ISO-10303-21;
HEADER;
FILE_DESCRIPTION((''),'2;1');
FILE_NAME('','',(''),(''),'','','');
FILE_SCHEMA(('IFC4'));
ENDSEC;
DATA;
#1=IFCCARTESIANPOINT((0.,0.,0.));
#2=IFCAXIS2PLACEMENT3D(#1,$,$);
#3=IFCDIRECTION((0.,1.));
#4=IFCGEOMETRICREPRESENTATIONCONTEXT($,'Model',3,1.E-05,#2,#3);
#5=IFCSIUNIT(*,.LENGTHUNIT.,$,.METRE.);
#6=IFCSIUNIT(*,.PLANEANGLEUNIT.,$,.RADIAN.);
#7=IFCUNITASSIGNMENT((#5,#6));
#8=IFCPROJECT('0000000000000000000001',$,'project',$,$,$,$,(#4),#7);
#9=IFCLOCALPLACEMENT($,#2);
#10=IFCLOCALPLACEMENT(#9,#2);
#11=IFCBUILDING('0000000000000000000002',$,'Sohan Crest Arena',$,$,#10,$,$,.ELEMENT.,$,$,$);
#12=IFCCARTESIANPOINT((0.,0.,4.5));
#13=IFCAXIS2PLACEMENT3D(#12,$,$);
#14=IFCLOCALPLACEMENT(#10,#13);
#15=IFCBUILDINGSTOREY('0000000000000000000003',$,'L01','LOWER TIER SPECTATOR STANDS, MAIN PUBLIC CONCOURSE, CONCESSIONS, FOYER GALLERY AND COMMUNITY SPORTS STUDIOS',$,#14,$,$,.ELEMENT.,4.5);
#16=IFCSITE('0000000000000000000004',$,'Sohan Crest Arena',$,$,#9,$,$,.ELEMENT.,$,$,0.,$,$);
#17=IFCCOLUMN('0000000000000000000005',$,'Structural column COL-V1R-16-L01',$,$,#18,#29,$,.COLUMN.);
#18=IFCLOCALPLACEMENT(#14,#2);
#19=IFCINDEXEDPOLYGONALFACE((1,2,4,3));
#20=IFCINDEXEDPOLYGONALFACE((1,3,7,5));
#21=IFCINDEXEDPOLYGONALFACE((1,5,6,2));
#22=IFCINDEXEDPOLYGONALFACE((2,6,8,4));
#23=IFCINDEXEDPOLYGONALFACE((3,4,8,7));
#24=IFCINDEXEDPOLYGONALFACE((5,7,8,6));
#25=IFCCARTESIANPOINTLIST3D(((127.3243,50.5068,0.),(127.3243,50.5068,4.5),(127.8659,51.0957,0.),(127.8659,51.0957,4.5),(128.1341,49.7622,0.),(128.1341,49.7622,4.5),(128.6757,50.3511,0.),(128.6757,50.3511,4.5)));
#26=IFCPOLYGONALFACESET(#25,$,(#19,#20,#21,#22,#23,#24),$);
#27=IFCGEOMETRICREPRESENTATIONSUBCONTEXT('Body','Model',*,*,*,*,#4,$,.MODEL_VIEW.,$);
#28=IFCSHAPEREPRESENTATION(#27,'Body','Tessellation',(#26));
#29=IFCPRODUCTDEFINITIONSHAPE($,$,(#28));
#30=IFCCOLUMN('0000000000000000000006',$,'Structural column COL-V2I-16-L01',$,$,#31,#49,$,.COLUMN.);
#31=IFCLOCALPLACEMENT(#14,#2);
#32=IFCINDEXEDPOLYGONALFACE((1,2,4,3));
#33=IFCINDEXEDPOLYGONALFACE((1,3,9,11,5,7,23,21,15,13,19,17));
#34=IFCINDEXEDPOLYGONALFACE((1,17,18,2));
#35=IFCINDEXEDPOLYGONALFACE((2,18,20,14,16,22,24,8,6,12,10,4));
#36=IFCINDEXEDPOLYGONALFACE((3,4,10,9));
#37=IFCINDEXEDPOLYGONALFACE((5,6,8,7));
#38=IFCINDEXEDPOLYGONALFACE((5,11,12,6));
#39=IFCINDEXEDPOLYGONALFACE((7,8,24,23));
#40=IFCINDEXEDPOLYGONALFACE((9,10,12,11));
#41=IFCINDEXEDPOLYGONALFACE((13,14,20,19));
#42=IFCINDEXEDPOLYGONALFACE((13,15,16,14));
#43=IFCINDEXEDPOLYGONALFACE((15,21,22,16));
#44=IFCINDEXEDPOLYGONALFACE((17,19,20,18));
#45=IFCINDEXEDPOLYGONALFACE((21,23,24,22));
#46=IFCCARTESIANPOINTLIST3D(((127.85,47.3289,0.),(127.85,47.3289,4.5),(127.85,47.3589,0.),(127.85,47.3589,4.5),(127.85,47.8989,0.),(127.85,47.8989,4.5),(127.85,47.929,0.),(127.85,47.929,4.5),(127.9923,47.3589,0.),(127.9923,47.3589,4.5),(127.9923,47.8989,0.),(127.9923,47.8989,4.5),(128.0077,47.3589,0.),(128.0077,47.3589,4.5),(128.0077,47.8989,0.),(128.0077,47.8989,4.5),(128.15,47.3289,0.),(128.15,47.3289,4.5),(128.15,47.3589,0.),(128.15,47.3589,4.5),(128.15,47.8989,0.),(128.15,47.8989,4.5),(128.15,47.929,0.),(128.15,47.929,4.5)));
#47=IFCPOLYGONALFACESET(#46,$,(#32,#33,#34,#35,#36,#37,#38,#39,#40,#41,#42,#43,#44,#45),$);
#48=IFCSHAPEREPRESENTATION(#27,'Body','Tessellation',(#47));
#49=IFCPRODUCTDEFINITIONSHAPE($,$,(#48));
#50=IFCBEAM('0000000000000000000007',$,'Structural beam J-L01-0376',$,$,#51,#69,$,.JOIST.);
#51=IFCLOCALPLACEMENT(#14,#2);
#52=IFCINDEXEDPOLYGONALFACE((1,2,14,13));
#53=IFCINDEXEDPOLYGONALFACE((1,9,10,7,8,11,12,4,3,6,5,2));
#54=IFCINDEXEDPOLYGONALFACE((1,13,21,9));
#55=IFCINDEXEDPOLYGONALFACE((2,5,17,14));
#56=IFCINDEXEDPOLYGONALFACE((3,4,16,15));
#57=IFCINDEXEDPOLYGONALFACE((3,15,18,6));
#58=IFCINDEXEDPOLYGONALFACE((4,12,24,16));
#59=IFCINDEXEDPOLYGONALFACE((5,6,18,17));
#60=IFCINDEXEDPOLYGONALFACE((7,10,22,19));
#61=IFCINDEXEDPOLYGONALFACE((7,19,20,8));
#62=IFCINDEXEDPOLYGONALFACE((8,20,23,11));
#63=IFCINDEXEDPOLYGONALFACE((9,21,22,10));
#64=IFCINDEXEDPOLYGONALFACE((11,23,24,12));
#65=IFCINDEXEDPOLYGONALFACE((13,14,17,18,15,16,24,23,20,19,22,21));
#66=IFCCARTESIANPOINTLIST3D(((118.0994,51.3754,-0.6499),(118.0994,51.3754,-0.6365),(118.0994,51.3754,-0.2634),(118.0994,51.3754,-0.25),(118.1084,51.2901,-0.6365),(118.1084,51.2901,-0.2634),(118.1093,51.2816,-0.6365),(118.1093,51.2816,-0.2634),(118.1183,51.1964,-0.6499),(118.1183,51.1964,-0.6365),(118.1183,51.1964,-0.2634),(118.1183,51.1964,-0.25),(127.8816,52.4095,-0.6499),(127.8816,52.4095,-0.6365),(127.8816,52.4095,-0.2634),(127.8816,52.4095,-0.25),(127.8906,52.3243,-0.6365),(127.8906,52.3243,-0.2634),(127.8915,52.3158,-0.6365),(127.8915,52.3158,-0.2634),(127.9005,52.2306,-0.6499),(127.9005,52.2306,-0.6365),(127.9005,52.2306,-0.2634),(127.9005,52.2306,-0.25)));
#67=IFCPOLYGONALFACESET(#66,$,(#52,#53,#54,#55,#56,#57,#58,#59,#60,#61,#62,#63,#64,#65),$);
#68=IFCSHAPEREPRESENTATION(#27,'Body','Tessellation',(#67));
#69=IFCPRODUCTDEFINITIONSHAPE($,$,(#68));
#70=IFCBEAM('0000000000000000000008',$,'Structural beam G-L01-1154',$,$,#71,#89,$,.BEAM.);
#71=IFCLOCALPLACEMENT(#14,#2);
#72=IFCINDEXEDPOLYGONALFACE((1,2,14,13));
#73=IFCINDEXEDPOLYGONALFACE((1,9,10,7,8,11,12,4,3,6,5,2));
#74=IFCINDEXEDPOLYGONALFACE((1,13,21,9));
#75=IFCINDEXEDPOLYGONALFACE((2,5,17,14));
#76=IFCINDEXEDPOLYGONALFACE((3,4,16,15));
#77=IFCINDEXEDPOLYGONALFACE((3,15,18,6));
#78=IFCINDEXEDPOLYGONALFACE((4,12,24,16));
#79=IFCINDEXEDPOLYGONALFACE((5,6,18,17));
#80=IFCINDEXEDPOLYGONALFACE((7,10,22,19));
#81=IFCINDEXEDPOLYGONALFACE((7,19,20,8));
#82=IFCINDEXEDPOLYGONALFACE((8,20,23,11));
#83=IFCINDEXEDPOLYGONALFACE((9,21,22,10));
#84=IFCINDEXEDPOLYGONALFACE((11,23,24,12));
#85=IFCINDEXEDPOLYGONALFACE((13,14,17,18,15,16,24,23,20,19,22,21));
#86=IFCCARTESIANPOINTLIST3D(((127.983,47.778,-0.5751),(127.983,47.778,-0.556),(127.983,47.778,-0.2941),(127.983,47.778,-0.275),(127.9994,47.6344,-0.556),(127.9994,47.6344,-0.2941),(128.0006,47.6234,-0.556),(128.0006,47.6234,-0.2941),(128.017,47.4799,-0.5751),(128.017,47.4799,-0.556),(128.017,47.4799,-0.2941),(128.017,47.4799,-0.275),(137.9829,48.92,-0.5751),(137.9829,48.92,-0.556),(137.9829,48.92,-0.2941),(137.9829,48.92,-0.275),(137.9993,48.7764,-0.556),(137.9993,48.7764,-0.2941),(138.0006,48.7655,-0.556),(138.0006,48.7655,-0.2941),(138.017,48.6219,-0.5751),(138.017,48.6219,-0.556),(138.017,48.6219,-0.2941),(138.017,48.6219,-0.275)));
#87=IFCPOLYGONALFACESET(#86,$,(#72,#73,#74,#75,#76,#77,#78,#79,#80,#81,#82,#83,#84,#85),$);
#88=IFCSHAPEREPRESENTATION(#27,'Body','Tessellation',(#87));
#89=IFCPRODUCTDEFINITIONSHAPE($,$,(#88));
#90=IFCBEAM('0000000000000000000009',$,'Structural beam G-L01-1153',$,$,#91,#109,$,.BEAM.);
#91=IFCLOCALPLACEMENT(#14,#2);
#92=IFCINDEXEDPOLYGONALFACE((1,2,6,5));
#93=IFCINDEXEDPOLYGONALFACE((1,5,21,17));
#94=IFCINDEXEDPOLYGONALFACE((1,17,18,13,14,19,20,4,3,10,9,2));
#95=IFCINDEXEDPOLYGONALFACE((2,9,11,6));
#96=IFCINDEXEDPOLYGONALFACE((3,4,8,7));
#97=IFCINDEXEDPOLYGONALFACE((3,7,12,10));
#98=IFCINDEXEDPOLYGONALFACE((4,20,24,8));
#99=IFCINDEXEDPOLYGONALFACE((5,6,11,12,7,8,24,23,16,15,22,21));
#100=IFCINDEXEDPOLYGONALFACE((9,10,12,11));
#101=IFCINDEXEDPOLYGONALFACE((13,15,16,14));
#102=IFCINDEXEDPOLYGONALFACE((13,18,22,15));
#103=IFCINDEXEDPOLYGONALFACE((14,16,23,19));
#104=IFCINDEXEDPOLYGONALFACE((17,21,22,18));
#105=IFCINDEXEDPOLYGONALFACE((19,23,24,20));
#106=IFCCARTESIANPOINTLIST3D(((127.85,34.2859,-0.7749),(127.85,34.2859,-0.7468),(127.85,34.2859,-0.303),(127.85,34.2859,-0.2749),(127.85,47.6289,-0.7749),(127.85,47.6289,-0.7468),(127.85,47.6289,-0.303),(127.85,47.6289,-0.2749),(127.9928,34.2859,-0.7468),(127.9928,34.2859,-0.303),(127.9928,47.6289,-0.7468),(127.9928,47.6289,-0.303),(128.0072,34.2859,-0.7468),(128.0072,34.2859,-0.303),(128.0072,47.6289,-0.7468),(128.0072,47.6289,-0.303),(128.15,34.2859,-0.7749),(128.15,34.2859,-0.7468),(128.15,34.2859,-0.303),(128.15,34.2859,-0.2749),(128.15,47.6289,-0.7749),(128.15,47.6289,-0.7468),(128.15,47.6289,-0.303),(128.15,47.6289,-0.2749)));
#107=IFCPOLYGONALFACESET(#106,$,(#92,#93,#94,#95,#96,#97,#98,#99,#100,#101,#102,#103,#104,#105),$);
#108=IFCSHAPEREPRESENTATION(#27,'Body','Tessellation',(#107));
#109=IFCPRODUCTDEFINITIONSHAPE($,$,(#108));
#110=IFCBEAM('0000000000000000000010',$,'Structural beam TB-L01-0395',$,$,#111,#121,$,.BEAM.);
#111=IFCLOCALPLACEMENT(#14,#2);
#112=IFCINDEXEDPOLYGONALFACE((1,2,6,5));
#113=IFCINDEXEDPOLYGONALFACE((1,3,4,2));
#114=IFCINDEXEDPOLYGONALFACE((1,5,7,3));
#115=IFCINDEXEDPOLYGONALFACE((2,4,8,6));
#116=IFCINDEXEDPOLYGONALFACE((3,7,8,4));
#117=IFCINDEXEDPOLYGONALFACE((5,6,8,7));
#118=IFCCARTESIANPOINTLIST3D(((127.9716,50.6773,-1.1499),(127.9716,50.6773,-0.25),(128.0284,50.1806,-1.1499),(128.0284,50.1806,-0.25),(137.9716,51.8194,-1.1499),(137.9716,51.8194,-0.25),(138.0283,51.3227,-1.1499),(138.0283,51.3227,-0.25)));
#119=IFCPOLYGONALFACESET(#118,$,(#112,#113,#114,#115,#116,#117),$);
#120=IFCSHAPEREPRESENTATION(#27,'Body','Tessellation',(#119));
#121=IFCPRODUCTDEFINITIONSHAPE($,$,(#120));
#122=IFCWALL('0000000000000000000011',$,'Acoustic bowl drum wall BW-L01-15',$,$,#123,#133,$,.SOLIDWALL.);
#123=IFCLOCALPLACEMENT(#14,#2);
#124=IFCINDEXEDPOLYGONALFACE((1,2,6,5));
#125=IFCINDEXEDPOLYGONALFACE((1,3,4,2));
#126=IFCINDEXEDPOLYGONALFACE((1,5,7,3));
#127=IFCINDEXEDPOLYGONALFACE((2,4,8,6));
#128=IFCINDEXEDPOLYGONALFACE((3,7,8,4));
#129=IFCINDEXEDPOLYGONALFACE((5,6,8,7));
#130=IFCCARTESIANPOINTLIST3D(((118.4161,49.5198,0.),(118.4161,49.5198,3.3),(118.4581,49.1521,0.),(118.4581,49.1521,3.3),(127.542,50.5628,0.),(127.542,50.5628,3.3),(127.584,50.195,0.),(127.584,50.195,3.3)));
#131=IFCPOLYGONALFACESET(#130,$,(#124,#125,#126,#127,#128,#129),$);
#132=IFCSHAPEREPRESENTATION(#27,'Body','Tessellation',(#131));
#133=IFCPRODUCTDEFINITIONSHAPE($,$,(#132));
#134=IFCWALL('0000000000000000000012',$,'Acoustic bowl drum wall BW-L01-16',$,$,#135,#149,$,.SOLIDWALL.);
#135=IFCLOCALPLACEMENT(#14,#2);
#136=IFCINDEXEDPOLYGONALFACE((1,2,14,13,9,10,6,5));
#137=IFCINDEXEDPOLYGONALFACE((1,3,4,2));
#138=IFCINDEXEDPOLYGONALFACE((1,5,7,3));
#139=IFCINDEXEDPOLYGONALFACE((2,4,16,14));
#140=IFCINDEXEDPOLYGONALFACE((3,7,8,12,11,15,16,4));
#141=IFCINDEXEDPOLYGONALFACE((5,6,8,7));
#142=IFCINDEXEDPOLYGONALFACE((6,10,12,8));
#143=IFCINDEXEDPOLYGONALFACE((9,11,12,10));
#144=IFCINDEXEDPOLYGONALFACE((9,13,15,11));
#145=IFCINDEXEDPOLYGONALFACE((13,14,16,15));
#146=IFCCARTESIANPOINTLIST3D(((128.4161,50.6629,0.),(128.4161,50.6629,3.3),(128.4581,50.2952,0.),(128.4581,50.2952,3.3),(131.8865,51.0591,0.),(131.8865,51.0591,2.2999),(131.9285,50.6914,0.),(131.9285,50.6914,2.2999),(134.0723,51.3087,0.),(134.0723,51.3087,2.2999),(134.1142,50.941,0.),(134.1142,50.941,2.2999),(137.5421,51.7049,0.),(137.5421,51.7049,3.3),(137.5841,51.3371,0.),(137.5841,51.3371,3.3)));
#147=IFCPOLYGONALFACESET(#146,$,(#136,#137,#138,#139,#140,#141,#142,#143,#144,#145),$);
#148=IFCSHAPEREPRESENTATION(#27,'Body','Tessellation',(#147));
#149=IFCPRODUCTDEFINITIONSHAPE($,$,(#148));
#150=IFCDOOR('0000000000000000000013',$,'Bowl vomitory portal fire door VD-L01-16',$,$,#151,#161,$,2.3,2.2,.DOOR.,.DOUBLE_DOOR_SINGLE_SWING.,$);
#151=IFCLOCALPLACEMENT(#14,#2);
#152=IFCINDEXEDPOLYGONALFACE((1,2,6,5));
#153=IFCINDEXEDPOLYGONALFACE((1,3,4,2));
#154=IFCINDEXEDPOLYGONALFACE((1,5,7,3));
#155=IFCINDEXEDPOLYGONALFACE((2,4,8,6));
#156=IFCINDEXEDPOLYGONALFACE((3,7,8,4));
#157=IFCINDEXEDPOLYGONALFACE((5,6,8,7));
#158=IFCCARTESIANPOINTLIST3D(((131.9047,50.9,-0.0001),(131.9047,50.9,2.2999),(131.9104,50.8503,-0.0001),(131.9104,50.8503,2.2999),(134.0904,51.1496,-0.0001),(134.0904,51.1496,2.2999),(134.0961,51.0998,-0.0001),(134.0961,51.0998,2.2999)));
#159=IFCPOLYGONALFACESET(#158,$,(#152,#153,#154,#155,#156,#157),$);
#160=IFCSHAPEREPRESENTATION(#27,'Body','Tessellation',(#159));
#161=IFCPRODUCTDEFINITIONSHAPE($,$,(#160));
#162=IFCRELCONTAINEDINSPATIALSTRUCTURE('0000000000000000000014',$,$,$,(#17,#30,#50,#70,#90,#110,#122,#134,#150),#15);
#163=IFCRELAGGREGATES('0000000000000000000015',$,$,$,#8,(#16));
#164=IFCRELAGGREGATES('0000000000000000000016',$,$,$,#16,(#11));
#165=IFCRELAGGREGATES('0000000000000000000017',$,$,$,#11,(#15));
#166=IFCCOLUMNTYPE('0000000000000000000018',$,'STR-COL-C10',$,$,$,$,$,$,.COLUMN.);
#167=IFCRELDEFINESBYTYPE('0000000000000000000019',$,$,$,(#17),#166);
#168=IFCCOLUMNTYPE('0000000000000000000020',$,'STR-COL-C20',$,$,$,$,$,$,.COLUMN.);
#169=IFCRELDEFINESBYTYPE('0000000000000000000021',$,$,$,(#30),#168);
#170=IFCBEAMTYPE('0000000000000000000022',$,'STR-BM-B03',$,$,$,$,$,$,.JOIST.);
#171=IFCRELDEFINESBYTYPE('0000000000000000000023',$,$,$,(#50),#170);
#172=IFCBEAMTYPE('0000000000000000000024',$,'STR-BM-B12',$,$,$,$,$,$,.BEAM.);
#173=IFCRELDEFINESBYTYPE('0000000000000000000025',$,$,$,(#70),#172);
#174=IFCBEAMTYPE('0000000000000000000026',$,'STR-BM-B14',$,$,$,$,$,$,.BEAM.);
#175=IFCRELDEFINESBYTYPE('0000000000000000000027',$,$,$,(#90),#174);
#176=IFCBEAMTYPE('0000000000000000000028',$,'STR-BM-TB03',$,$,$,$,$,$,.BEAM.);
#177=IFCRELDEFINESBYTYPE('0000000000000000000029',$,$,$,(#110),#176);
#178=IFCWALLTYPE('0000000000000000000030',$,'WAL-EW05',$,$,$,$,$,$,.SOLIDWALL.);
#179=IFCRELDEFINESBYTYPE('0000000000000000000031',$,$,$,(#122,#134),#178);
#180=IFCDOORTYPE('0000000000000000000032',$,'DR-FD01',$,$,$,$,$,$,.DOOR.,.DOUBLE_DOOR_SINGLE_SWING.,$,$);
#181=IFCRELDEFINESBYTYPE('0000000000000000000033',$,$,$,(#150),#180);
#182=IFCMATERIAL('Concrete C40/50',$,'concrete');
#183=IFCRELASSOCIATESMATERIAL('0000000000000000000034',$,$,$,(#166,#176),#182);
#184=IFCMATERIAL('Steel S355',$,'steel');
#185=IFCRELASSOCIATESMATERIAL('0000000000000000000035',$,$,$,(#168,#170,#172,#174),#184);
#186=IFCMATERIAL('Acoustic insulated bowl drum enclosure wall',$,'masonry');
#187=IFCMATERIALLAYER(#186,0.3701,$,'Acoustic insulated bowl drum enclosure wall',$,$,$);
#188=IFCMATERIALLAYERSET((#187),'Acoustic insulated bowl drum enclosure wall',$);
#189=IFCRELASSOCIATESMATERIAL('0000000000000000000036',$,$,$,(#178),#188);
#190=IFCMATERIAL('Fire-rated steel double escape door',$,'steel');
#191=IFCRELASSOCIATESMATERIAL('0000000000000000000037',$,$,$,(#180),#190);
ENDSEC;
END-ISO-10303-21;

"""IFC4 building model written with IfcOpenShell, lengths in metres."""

from ifc_helpers import new_model, si_unit, direction, frame, frame_2d, origin, origin_2d, place, context, subcontext, project, spatial, rectangle, i_section, extrude, material, layer, layer_set, material_profile, profile_set, type_object, element, fill, save


model = new_model("IFC4")

# Units and contexts
model_context = context("Model", 3, precision=1e-05, world=origin(), true_north=direction((0.0, 1.0)))
body_context = subcontext(model_context, "Body", "Model", "MODEL_VIEW")
ifc_project = project(units=[si_unit("LENGTHUNIT", "METRE"), si_unit("PLANEANGLEUNIT", "RADIAN")], contexts=[model_context])

# Site, building, storey
site_placement = place(None, origin())
site = spatial("IfcSite", under=ifc_project, at=site_placement, Name="Sohan Crest Arena", CompositionType="ELEMENT", RefElevation=0.0)
building_placement = place(site_placement, origin())
building = spatial("IfcBuilding", under=site, at=building_placement, Name="Sohan Crest Arena", CompositionType="ELEMENT")
storey_placement = place(building_placement, frame((0.0, 0.0, 4.5)))
storey = spatial("IfcBuildingStorey", under=building, at=storey_placement, Name="L01", Description="LOWER TIER SPECTATOR STANDS, MAIN PUBLIC CONCOURSE, CONCESSIONS, FOYER GALLERY AND COMMUNITY SPORTS STUDIOS", CompositionType="ELEMENT", Elevation=4.5)

# Columns
ifc_material_1 = material(Name="Concrete C40/50", Category="concrete")
ifc_material_profile_1 = material_profile(ifc_material_1, rectangle(XDim=1.1001, YDim=0.8, at=origin_2d()), Name="RC 1100x800")
ifc_profile_set_1 = profile_set([ifc_material_profile_1], Name="Concrete C40/50")
column_type_1 = type_object("IfcColumnType", Name="STR-COL-C10", PredefinedType="COLUMN", material=ifc_profile_set_1)
column_1_placement = place(storey_placement, frame((128.0, 50.429, 0.0), z_axis=(0.0, 0.0, 1.0), x_axis=(-0.736097, 0.676876, 0.0)))
element("IfcColumn", 1, at=column_1_placement, inside=storey, type_object=column_type_1, Name="Structural column COL-V1R-16-L01", PredefinedType="COLUMN", context=body_context, shape_type="SweptSolid", body=[
    extrude(rectangle(XDim=1.1001, YDim=0.8, at=origin_2d()), origin(), (0.0, 0.0, 1.0), 4.5),
])
ifc_material_2 = material(Name="Steel S355", Category="steel")
ifc_material_profile_2 = material_profile(ifc_material_2, i_section(OverallWidth=0.3, OverallDepth=0.6001, WebThickness=0.0154, FlangeThickness=0.03, at=origin_2d()), Name="HEB 600")
ifc_profile_set_2 = profile_set([ifc_material_profile_2], Name="Steel S355")
column_type_2 = type_object("IfcColumnType", Name="STR-COL-C20", PredefinedType="COLUMN", material=ifc_profile_set_2)
column_2_placement = place(storey_placement, frame((128.0, 47.6289, 0.0), z_axis=(0.0, 0.0, 1.0), x_axis=(1.0, 0.0, 0.0)))
element("IfcColumn", 2, at=column_2_placement, inside=storey, type_object=column_type_2, Name="Structural column COL-V2I-16-L01", PredefinedType="COLUMN", context=body_context, shape_type="SweptSolid", body=[
    extrude(i_section(OverallWidth=0.3, OverallDepth=0.6001, WebThickness=0.0154, FlangeThickness=0.03, at=origin_2d()), origin(), (0.0, 0.0, 1.0), 4.5),
])

# Beams
ifc_material_profile_3 = material_profile(ifc_material_2, i_section(OverallWidth=0.1799, OverallDepth=0.3999, WebThickness=0.0085, FlangeThickness=0.0134, at=origin_2d()), Name="IPE 400")
ifc_profile_set_3 = profile_set([ifc_material_profile_3], Name="Steel S355")
beam_type_1 = type_object("IfcBeamType", Name="STR-BM-B03", PredefinedType="JOIST", material=ifc_profile_set_3)
beam_1_placement = place(storey_placement, frame((118.1089, 51.2859, -0.45), z_axis=(0.994458, 0.105134, 0.0), x_axis=(-0.105134, 0.994458, 0.0)))
element("IfcBeam", 3, at=beam_1_placement, inside=storey, type_object=beam_type_1, Name="Structural beam J-L01-0376", PredefinedType="JOIST", context=body_context, shape_type="SweptSolid", body=[
    extrude(i_section(OverallWidth=0.1799, OverallDepth=0.3999, WebThickness=0.0085, FlangeThickness=0.0134, at=origin_2d()), origin(), (0.0, 0.0, 1.0), 9.8367),
])
ifc_material_profile_4 = material_profile(ifc_material_2, i_section(OverallWidth=0.3, OverallDepth=0.3, WebThickness=0.011, FlangeThickness=0.019, at=origin_2d()), Name="HEB 300")
ifc_profile_set_4 = profile_set([ifc_material_profile_4], Name="Steel S355")
beam_type_2 = type_object("IfcBeamType", Name="STR-BM-B12", PredefinedType="BEAM", material=ifc_profile_set_4)
beam_2_placement = place(storey_placement, frame((128.0, 47.6289, -0.425), z_axis=(0.993541, 0.113471, 0.0), x_axis=(-0.113471, 0.993541, 0.0)))
element("IfcBeam", 4, at=beam_2_placement, inside=storey, type_object=beam_type_2, Name="Structural beam G-L01-1154", PredefinedType="BEAM", context=body_context, shape_type="SweptSolid", body=[
    extrude(i_section(OverallWidth=0.3, OverallDepth=0.3, WebThickness=0.011, FlangeThickness=0.019, at=origin_2d()), origin(), (0.0, 0.0, 1.0), 10.0649),
])
ifc_material_profile_5 = material_profile(ifc_material_2, i_section(OverallWidth=0.3, OverallDepth=0.5, WebThickness=0.0144, FlangeThickness=0.0281, at=origin_2d()), Name="HEB 500")
ifc_profile_set_5 = profile_set([ifc_material_profile_5], Name="Steel S355")
beam_type_3 = type_object("IfcBeamType", Name="STR-BM-B14", PredefinedType="BEAM", material=ifc_profile_set_5)
beam_3_placement = place(storey_placement, frame((128.0, 47.6289, -0.5249), z_axis=(0.0, -1.0, 0.0), x_axis=(1.0, 0.0, 0.0)))
element("IfcBeam", 5, at=beam_3_placement, inside=storey, type_object=beam_type_3, Name="Structural beam G-L01-1153", PredefinedType="BEAM", context=body_context, shape_type="SweptSolid", body=[
    extrude(i_section(OverallWidth=0.3, OverallDepth=0.5, WebThickness=0.0144, FlangeThickness=0.0281, at=origin_2d()), origin(), (0.0, 0.0, 1.0), 13.343),
])
ifc_material_profile_6 = material_profile(ifc_material_1, rectangle(XDim=0.5, YDim=0.8999, at=origin_2d()), Name="RC-BM 500x900")
ifc_profile_set_6 = profile_set([ifc_material_profile_6], Name="Concrete C40/50")
beam_type_4 = type_object("IfcBeamType", Name="STR-BM-TB03", PredefinedType="BEAM", material=ifc_profile_set_6)
beam_4_placement = place(storey_placement, frame((128.0, 50.429, -0.7), z_axis=(0.993541, 0.113471, 0.0), x_axis=(-0.113471, 0.993541, 0.0)))
element("IfcBeam", 6, at=beam_4_placement, inside=storey, type_object=beam_type_4, Name="Structural beam TB-L01-0395", PredefinedType="BEAM", context=body_context, shape_type="SweptSolid", body=[
    extrude(rectangle(XDim=0.5, YDim=0.8999, at=origin_2d()), origin(), (0.0, 0.0, 1.0), 10.0649),
])

# Wall
ifc_material_3 = material(Name="Acoustic insulated bowl drum enclosure wall", Category="masonry")
ifc_layer_1 = layer(ifc_material_3, 0.3701, Name="Acoustic insulated bowl drum enclosure wall")
ifc_layer_set_1 = layer_set([ifc_layer_1], Name="Acoustic insulated bowl drum enclosure wall")
wall_type_1 = type_object("IfcWallType", Name="WAL-EW05", PredefinedType="SOLIDWALL", material=ifc_layer_set_1)
wall_1_placement = place(storey_placement, frame((118.437, 49.3359, 0.0), z_axis=(0.0, 0.0, 1.0), x_axis=(0.993533, 0.113547, 0.0)))
element("IfcWall", 7, at=wall_1_placement, inside=storey, type_object=wall_type_1, Name="Acoustic bowl drum wall BW-L01-15", PredefinedType="SOLIDWALL", context=body_context, shape_type="SweptSolid", body=[
    extrude(rectangle(XDim=9.1853, YDim=0.3701, at=frame_2d((4.5928, 0.0))), origin(), (0.0, 0.0, 1.0), 3.3),
])

# Wall, opening, door
wall_2_placement = place(storey_placement, frame((128.437, 50.479, 0.0), z_axis=(0.0, 0.0, 1.0), x_axis=(0.993545, 0.113442, 0.0)))
wall_2 = element("IfcWall", 8, at=wall_2_placement, inside=storey, type_object=wall_type_1, Name="Acoustic bowl drum wall BW-L01-16", PredefinedType="SOLIDWALL", context=body_context, shape_type="SweptSolid", body=[
    extrude(rectangle(XDim=9.1853, YDim=0.3701, at=frame_2d((4.5928, 0.0))), origin(), (0.0, 0.0, 1.0), 3.3),
])
opening_1_placement = place(wall_2_placement, frame((3.4929, 0.0, 0.0)))
opening_1 = element("IfcOpeningElement", 9, at=opening_1_placement, cuts=wall_2, PredefinedType="OPENING", context=body_context, shape_type="SweptSolid", body=[
    extrude(rectangle(XDim=2.2, YDim=2.3, at=frame_2d((1.1001, 1.1499))), frame((0.0, 0.1951, 0.0), z_axis=(0.0, -1.0, 0.0), x_axis=(1.0, 0.0, 0.0)), (0.0, 0.0, 1.0), 0.3901),
])
ifc_material_4 = material(Name="Fire-rated steel double escape door", Category="steel")
door_type_1 = type_object("IfcDoorType", Name="DR-FD01", OperationType="DOUBLE_DOOR_SINGLE_SWING", PredefinedType="DOOR", material=ifc_material_4)
door_1_placement = place(opening_1_placement, origin())
door_1 = element("IfcDoor", 10, at=door_1_placement, inside=storey, type_object=door_type_1, Name="Bowl vomitory portal fire door VD-L01-16", OperationType="DOUBLE_DOOR_SINGLE_SWING", OverallHeight=2.3, OverallWidth=2.2, PredefinedType="DOOR", context=body_context, shape_type="SweptSolid", body=[
    extrude(rectangle(XDim=2.2, YDim=2.3, at=frame_2d((1.1001, 1.1499))), frame((0.0, 0.0249, 0.0), z_axis=(0.0, -1.0, 0.0), x_axis=(1.0, 0.0, 0.0)), (0.0, 0.0, 1.0), 0.05),
])
fill(opening_1, door_1)

save(model, "model.ifc")
